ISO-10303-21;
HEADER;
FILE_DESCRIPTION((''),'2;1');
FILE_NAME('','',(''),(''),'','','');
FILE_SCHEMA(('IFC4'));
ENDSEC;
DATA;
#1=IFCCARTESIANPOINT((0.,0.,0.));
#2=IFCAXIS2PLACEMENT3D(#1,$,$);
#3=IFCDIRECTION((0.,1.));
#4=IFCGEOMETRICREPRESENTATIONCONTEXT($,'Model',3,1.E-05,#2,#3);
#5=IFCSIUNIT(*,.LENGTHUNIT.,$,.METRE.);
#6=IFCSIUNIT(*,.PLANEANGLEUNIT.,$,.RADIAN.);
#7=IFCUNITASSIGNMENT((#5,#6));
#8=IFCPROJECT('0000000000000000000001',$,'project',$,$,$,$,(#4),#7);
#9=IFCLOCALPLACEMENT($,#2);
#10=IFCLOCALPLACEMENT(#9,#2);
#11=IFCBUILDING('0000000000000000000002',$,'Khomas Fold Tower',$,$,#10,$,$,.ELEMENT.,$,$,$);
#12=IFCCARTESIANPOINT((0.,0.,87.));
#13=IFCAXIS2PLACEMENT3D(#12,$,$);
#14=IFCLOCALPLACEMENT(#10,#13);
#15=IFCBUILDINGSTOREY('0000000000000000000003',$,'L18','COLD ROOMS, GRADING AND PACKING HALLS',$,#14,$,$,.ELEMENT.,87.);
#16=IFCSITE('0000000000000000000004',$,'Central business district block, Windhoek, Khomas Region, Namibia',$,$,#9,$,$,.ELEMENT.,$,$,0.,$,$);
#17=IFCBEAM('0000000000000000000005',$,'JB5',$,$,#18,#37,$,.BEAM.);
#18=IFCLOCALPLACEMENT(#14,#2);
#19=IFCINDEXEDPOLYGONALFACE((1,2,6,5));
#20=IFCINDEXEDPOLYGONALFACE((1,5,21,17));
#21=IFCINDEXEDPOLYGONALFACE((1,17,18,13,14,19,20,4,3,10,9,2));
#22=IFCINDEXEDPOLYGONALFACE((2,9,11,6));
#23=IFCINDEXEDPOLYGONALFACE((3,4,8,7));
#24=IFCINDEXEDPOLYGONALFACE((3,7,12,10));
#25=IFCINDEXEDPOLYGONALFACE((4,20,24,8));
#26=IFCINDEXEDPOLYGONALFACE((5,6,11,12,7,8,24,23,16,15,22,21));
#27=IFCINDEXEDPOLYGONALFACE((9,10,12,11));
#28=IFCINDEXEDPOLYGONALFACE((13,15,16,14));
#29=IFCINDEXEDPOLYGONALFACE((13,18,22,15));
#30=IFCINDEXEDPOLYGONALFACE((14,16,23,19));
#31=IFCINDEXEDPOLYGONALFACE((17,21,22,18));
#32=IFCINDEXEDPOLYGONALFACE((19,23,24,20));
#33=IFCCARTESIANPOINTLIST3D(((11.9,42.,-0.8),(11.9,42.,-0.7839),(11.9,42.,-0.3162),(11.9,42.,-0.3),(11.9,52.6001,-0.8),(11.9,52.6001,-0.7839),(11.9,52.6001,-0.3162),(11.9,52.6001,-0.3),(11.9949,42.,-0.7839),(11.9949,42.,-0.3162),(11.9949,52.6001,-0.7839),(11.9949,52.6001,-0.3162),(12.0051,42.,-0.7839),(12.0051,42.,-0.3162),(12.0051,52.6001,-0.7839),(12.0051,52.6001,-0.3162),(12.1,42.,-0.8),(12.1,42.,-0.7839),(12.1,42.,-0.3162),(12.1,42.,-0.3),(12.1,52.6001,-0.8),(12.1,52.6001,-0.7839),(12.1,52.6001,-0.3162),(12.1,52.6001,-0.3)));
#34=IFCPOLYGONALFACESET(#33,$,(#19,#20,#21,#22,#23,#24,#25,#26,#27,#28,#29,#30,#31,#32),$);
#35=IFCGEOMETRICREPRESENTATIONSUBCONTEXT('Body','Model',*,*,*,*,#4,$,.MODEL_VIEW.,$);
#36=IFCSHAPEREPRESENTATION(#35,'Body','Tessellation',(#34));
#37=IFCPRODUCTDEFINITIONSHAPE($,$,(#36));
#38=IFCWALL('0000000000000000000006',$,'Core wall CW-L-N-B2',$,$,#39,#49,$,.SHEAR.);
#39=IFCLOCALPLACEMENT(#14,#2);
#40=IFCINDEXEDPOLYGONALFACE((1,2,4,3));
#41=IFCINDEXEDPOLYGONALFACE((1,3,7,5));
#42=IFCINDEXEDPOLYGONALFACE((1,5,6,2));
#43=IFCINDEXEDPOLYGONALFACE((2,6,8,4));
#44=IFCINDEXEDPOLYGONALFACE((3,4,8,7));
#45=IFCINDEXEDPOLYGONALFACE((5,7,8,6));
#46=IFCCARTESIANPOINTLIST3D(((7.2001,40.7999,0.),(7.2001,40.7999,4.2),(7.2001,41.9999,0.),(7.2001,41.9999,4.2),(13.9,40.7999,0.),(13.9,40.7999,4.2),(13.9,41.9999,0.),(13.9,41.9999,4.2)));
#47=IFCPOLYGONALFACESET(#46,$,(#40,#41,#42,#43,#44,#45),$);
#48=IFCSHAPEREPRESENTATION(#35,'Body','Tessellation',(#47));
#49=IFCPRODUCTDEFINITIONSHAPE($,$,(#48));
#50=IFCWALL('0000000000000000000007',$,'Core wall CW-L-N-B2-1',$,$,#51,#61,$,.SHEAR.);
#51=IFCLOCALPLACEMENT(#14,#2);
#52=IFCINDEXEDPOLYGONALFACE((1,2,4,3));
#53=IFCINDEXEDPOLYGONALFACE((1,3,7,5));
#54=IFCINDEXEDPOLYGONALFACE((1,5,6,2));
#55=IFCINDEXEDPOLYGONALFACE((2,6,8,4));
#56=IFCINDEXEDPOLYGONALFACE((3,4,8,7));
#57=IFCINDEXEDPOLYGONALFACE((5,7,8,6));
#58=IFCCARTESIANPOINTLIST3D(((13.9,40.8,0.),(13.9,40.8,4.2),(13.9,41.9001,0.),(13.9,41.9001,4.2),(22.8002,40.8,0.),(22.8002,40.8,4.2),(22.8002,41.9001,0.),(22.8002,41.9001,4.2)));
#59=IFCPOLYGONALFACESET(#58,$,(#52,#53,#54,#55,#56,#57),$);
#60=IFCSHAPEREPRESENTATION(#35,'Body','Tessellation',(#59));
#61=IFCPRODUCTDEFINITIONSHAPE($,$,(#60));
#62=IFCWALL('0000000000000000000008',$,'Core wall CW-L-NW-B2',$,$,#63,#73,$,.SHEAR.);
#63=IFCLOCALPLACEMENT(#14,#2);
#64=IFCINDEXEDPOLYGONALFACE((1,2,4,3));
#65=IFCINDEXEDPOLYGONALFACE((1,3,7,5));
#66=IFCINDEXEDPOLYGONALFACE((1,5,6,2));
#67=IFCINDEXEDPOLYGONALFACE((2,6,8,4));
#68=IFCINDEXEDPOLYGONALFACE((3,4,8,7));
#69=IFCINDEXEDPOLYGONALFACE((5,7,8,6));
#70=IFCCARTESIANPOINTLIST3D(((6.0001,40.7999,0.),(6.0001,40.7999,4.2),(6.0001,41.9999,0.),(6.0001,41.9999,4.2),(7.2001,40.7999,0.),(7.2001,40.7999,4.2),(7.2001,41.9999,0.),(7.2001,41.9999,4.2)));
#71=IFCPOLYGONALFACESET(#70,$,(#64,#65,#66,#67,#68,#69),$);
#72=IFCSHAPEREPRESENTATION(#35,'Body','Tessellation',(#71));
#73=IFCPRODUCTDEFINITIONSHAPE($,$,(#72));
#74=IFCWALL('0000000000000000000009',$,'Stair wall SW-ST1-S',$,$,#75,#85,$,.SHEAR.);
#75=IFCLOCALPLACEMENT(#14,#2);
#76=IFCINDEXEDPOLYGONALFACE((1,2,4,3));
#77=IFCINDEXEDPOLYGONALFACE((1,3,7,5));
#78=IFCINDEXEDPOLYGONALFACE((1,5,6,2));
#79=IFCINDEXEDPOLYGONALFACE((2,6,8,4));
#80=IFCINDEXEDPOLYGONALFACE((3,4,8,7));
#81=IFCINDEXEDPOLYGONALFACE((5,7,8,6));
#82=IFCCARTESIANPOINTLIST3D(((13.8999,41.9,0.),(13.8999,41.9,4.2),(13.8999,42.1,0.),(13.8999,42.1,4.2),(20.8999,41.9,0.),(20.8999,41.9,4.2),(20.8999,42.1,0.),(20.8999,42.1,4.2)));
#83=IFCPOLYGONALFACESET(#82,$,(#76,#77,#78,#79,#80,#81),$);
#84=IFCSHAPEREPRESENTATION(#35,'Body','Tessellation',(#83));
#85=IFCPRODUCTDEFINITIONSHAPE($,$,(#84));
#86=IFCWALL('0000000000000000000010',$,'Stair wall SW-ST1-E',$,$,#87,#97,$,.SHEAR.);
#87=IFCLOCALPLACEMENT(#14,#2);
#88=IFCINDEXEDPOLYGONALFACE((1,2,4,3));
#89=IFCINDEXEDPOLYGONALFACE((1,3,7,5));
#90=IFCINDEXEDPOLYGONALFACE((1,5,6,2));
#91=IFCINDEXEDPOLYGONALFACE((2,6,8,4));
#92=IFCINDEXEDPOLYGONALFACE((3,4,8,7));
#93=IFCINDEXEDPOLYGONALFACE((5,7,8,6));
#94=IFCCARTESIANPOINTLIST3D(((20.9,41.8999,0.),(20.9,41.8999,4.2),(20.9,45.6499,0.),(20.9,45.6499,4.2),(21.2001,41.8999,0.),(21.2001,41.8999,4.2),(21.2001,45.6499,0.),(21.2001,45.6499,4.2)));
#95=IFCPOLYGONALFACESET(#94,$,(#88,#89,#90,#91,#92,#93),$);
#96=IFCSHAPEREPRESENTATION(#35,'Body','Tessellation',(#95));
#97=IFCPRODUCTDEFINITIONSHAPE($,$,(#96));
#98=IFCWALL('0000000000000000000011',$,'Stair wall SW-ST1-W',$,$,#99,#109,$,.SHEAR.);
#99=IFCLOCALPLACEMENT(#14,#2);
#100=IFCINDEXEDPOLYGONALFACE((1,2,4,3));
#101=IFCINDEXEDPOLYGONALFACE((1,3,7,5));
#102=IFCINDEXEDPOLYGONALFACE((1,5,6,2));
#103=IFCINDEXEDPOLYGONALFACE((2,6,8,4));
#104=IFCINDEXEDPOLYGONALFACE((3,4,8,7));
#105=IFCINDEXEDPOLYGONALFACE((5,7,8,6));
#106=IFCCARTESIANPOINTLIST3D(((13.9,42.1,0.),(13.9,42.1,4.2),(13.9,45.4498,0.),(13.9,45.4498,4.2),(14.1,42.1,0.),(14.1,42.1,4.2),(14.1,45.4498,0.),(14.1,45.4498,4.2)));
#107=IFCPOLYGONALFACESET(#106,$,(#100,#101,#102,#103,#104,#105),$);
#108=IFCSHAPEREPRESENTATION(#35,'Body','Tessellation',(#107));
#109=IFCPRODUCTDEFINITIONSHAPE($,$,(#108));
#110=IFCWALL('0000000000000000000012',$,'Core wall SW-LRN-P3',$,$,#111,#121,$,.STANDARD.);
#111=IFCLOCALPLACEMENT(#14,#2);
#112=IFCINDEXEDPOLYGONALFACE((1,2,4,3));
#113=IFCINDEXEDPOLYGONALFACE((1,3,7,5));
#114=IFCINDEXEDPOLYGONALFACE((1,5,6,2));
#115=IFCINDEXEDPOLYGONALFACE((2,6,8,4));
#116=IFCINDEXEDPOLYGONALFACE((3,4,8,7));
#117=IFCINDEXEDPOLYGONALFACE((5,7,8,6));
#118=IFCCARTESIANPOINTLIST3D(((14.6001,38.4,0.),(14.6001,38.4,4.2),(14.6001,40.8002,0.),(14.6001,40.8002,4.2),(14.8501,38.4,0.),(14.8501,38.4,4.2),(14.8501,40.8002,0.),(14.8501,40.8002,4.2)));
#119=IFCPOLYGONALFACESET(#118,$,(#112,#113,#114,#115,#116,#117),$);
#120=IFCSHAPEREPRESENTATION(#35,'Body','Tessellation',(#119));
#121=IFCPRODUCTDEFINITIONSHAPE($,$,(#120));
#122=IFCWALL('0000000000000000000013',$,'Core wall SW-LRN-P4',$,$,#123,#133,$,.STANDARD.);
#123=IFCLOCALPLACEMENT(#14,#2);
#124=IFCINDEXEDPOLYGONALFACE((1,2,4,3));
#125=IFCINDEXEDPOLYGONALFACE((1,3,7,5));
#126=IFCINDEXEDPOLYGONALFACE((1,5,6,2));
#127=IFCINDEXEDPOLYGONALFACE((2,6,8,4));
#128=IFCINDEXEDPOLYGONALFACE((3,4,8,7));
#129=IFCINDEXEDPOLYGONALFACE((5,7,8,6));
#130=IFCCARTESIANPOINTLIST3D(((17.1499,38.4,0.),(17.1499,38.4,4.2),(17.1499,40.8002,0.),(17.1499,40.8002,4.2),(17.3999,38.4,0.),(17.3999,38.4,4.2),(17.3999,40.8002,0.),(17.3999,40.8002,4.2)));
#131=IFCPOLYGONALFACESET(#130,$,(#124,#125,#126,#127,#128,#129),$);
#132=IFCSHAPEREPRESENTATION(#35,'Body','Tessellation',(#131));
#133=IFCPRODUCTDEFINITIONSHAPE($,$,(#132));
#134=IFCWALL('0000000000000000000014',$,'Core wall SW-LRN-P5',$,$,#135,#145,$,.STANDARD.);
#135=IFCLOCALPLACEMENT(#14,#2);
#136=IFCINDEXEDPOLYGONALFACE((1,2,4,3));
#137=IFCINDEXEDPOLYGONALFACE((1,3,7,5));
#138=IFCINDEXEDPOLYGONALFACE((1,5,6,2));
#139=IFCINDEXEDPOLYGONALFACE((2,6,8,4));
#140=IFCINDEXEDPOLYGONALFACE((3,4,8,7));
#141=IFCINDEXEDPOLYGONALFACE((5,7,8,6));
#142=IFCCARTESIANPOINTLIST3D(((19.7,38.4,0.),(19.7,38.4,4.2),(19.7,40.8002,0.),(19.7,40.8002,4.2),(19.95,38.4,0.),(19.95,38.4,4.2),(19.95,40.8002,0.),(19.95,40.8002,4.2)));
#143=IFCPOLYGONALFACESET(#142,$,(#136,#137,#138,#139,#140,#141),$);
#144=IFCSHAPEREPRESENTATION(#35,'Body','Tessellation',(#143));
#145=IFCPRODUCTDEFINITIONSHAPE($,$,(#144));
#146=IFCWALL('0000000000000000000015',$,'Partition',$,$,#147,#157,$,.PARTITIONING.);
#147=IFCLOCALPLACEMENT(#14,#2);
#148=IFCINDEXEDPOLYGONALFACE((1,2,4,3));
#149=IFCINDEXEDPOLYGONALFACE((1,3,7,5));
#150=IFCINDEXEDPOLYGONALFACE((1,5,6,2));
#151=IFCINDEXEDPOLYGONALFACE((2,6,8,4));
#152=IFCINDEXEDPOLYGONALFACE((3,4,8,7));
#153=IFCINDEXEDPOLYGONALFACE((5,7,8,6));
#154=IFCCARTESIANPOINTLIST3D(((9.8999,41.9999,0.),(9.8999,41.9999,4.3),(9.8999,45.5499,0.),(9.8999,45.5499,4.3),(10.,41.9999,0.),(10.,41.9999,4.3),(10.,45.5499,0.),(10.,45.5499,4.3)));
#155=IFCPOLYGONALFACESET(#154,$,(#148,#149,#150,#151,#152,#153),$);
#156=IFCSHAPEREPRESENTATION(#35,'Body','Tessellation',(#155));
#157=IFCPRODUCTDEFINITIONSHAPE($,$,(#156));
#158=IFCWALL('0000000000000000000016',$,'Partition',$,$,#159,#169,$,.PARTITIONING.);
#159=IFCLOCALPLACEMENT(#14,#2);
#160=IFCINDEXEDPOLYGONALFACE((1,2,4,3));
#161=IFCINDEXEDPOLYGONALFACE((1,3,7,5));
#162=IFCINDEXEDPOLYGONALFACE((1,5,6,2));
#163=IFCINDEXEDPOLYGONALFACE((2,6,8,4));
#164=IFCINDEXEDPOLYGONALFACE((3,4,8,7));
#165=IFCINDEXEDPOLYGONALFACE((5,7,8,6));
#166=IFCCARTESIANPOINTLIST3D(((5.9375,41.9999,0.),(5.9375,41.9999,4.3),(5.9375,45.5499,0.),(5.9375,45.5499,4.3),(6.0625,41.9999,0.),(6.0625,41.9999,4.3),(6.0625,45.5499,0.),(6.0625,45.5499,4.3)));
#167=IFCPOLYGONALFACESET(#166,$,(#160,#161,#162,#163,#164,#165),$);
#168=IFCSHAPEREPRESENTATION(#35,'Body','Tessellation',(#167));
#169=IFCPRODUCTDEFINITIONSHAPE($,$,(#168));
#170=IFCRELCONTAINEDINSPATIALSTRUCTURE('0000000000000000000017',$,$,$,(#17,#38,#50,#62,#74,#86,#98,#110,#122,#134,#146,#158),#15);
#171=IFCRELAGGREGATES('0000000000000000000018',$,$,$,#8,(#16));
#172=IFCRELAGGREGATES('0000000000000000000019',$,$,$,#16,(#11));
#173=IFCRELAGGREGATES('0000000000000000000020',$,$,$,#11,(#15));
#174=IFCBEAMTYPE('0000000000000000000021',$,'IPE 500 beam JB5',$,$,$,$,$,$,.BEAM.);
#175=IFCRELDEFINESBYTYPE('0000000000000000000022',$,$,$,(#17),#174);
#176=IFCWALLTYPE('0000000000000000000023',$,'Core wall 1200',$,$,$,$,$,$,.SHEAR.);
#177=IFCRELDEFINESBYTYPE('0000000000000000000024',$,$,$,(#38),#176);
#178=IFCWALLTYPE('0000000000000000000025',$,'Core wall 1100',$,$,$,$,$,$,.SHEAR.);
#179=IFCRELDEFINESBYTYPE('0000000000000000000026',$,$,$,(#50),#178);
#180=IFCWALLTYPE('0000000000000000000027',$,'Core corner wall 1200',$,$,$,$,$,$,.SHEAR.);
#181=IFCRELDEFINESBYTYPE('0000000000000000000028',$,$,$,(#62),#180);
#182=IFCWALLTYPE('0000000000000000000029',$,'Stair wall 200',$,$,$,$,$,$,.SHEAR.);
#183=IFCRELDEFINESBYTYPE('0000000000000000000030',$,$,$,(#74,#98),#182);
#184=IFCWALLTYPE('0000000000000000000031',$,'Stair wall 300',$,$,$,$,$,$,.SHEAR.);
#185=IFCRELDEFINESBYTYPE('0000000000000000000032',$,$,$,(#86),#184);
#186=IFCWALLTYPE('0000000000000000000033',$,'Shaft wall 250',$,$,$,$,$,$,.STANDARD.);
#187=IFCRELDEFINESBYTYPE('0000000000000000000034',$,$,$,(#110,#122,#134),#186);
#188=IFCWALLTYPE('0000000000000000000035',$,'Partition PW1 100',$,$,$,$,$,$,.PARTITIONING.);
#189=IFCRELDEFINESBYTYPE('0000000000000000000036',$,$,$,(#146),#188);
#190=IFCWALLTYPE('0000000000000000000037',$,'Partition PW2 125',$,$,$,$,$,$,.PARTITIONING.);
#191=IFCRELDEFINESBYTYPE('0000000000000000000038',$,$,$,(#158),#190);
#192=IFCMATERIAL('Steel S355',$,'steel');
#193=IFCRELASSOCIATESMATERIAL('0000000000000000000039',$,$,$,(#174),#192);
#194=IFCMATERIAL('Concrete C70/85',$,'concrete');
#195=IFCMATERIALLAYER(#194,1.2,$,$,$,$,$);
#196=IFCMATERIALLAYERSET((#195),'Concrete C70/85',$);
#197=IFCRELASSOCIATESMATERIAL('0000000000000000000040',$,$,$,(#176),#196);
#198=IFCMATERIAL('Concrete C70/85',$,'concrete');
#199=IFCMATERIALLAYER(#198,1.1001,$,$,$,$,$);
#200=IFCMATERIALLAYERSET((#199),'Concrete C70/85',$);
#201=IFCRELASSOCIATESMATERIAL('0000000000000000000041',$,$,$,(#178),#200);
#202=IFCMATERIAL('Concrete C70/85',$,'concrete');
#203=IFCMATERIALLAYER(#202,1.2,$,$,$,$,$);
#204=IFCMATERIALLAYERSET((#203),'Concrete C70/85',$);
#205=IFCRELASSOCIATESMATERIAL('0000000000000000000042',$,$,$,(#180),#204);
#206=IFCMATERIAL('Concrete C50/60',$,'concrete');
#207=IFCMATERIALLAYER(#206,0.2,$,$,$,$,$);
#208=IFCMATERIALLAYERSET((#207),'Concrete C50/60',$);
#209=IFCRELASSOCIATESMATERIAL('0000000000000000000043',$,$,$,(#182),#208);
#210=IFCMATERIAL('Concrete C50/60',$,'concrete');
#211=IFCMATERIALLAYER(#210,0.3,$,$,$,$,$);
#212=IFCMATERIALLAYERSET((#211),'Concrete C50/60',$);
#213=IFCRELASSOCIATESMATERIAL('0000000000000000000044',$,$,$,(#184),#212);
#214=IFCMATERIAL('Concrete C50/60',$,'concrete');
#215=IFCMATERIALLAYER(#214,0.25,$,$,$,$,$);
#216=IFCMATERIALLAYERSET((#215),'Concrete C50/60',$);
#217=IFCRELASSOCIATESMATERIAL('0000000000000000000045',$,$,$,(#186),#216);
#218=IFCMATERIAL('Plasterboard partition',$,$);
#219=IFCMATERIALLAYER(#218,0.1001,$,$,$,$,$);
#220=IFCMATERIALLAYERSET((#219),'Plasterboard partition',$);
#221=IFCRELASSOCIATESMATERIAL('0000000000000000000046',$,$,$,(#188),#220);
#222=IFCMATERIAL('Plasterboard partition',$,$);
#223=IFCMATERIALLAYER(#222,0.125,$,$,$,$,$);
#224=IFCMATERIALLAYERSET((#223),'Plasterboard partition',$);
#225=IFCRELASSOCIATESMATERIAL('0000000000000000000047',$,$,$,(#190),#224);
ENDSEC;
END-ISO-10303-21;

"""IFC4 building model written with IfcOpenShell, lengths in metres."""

from ifc_helpers import new_model, si_unit, direction, frame, frame_2d, origin, origin_2d, place, context, subcontext, project, spatial, rectangle, i_section, extrude, source, transform, mapped, material, layer, layer_set, material_profile, profile_set, type_object, element, save


model = new_model("IFC4")

# Units and contexts
model_context = context("Model", 3, precision=1e-05, world=origin(), true_north=direction((0.0, 1.0)))
body_context = subcontext(model_context, "Body", "Model", "MODEL_VIEW")
ifc_project = project(units=[si_unit("LENGTHUNIT", "METRE"), si_unit("PLANEANGLEUNIT", "RADIAN")], contexts=[model_context])

# Site, building, storey
site_placement = place(None, origin())
site = spatial("IfcSite", under=ifc_project, at=site_placement, Name="Central business district block, Windhoek, Khomas Region, Namibia", CompositionType="ELEMENT", RefElevation=0.0)
building_placement = place(site_placement, origin())
building = spatial("IfcBuilding", under=site, at=building_placement, Name="Khomas Fold Tower", CompositionType="ELEMENT")
storey_placement = place(building_placement, frame((0.0, 0.0, 87.0)))
storey = spatial("IfcBuildingStorey", under=building, at=storey_placement, Name="L18", Description="COLD ROOMS, GRADING AND PACKING HALLS", CompositionType="ELEMENT", Elevation=87.0)

# Beam
ifc_material_1 = material(Name="Steel S355", Category="steel")
ifc_material_profile = material_profile(ifc_material_1, i_section(OverallWidth=0.2, OverallDepth=0.5, WebThickness=0.0103, FlangeThickness=0.0161, at=origin_2d()), Name="IPE 500")
ifc_profile_set = profile_set([ifc_material_profile], Name="Steel S355")
beam_type = type_object("IfcBeamType", Name="IPE 500 beam JB5", PredefinedType="BEAM", material=ifc_profile_set)
shared_shape_1 = source(origin(), body_context, "Body", "SweptSolid", [
    extrude(i_section(OverallWidth=0.2, OverallDepth=0.5, WebThickness=0.0103, FlangeThickness=0.0161, at=origin_2d()), origin(), (0.0, 0.0, 1.0), 10.6001),
])
beam_placement = place(storey_placement, frame((12.0, 42.0, -0.55), z_axis=(0.0, 1.0, 0.0), x_axis=(-1.0, 0.0, 0.0)))
element("IfcBeam", 1, at=beam_placement, inside=storey, type_object=beam_type, Name="JB5", PredefinedType="BEAM", context=body_context, shape_type="MappedRepresentation", body=[
    mapped(shared_shape_1, transform((0.0, 0.0, 0.0))),
])

# Walls
ifc_material_2 = material(Name="Concrete C70/85", Category="concrete")
ifc_layer_1 = layer(ifc_material_2, 1.2)
ifc_layer_set_1 = layer_set([ifc_layer_1], Name="Concrete C70/85")
wall_type_1 = type_object("IfcWallType", Name="Core wall 1200", PredefinedType="SHEAR", material=ifc_layer_set_1)
shared_shape_2 = source(origin(), body_context, "Body", "SweptSolid", [
    extrude(rectangle(XDim=6.7, YDim=1.2, at=frame_2d((3.3501, 0.0))), origin(), (0.0, 0.0, 1.0), 4.2),
])
wall_1_placement = place(storey_placement, frame((7.2, 41.3999, 0.0), z_axis=(0.0, 0.0, 1.0), x_axis=(1.0, 0.0, 0.0)))
element("IfcWall", 2, at=wall_1_placement, inside=storey, type_object=wall_type_1, Name="Core wall CW-L-N-B2", PredefinedType="SHEAR", context=body_context, shape_type="MappedRepresentation", body=[
    mapped(shared_shape_2, transform((0.0, 0.0, 0.0))),
])
ifc_material_3 = material(Name="Concrete C70/85", Category="concrete")
ifc_layer_2 = layer(ifc_material_3, 1.1001)
ifc_layer_set_2 = layer_set([ifc_layer_2], Name="Concrete C70/85")
wall_type_2 = type_object("IfcWallType", Name="Core wall 1100", PredefinedType="SHEAR", material=ifc_layer_set_2)
shared_shape_3 = source(origin(), body_context, "Body", "SweptSolid", [
    extrude(rectangle(XDim=8.9001, YDim=1.1001, at=frame_2d((4.4502, 0.0))), origin(), (0.0, 0.0, 1.0), 4.2),
])
wall_2_placement = place(storey_placement, frame((13.8999, 41.3501, 0.0), z_axis=(0.0, 0.0, 1.0), x_axis=(1.0, 0.0, 0.0)))
element("IfcWall", 3, at=wall_2_placement, inside=storey, type_object=wall_type_2, Name="Core wall CW-L-N-B2-1", PredefinedType="SHEAR", context=body_context, shape_type="MappedRepresentation", body=[
    mapped(shared_shape_3, transform((0.0, 0.0, 0.0))),
])
ifc_material_4 = material(Name="Concrete C70/85", Category="concrete")
ifc_layer_3 = layer(ifc_material_4, 1.2)
ifc_layer_set_3 = layer_set([ifc_layer_3], Name="Concrete C70/85")
wall_type_3 = type_object("IfcWallType", Name="Core corner wall 1200", PredefinedType="SHEAR", material=ifc_layer_set_3)
shared_shape_4 = source(origin(), body_context, "Body", "SweptSolid", [
    extrude(rectangle(XDim=1.2, YDim=1.2, at=frame_2d((0.6001, 0.0))), origin(), (0.0, 0.0, 1.0), 4.2),
])
wall_3_placement = place(storey_placement, frame((6.0, 41.3999, 0.0), z_axis=(0.0, 0.0, 1.0), x_axis=(1.0, 0.0, 0.0)))
element("IfcWall", 4, at=wall_3_placement, inside=storey, type_object=wall_type_3, Name="Core wall CW-L-NW-B2", PredefinedType="SHEAR", context=body_context, shape_type="MappedRepresentation", body=[
    mapped(shared_shape_4, transform((0.0, 0.0, 0.0))),
])
ifc_material_5 = material(Name="Concrete C50/60", Category="concrete")
ifc_layer_4 = layer(ifc_material_5, 0.2)
ifc_layer_set_4 = layer_set([ifc_layer_4], Name="Concrete C50/60")
wall_type_4 = type_object("IfcWallType", Name="Stair wall 200", PredefinedType="SHEAR", material=ifc_layer_set_4)
shared_shape_5 = source(origin(), body_context, "Body", "SweptSolid", [
    extrude(rectangle(XDim=7.0, YDim=0.2, at=frame_2d((3.5, 0.0))), origin(), (0.0, 0.0, 1.0), 4.2),
])
wall_4_placement = place(storey_placement, frame((13.8999, 42.0, 0.0), z_axis=(0.0, 0.0, 1.0), x_axis=(1.0, 0.0, 0.0)))
element("IfcWall", 5, at=wall_4_placement, inside=storey, type_object=wall_type_4, Name="Stair wall SW-ST1-S", PredefinedType="SHEAR", context=body_context, shape_type="MappedRepresentation", body=[
    mapped(shared_shape_5, transform((0.0, 0.0, 0.0))),
])
ifc_material_6 = material(Name="Concrete C50/60", Category="concrete")
ifc_layer_5 = layer(ifc_material_6, 0.3)
ifc_layer_set_5 = layer_set([ifc_layer_5], Name="Concrete C50/60")
wall_type_5 = type_object("IfcWallType", Name="Stair wall 300", PredefinedType="SHEAR", material=ifc_layer_set_5)
shared_shape_6 = source(origin(), body_context, "Body", "SweptSolid", [
    extrude(rectangle(XDim=3.75, YDim=0.3, at=frame_2d((1.875, 0.0))), origin(), (0.0, 0.0, 1.0), 4.2),
])
wall_5_placement = place(storey_placement, frame((21.05, 41.8999, 0.0), z_axis=(0.0, 0.0, 1.0), x_axis=(0.0, 1.0, 0.0)))
element("IfcWall", 6, at=wall_5_placement, inside=storey, type_object=wall_type_5, Name="Stair wall SW-ST1-E", PredefinedType="SHEAR", context=body_context, shape_type="MappedRepresentation", body=[
    mapped(shared_shape_6, transform((0.0, 0.0, 0.0))),
])
shared_shape_7 = source(origin(), body_context, "Body", "SweptSolid", [
    extrude(rectangle(XDim=3.3499, YDim=0.2, at=frame_2d((1.6748, 0.0))), origin(), (0.0, 0.0, 1.0), 4.2),
])
wall_6_placement = place(storey_placement, frame((14.0, 42.1001, 0.0), z_axis=(0.0, 0.0, 1.0), x_axis=(0.0, 1.0, 0.0)))
element("IfcWall", 7, at=wall_6_placement, inside=storey, type_object=wall_type_4, Name="Stair wall SW-ST1-W", PredefinedType="SHEAR", context=body_context, shape_type="MappedRepresentation", body=[
    mapped(shared_shape_7, transform((0.0, 0.0, 0.0))),
])
ifc_material_7 = material(Name="Concrete C50/60", Category="concrete")
ifc_layer_6 = layer(ifc_material_7, 0.25)
ifc_layer_set_6 = layer_set([ifc_layer_6], Name="Concrete C50/60")
wall_type_6 = type_object("IfcWallType", Name="Shaft wall 250", PredefinedType="STANDARD", material=ifc_layer_set_6)
shared_shape_8 = source(origin(), body_context, "Body", "SweptSolid", [
    extrude(rectangle(XDim=2.4001, YDim=0.25, at=frame_2d((1.2002, 0.0))), origin(), (0.0, 0.0, 1.0), 4.2),
])
for number, where, z_axis, x_axis, name in (
    (8, (14.7251, 38.3999, 0.0), (0.0, 0.0, 1.0), (0.0, 1.0, 0.0), "Core wall SW-LRN-P3"),
    (9, (17.2749, 38.3999, 0.0), (0.0, 0.0, 1.0), (0.0, 1.0, 0.0), "Core wall SW-LRN-P4"),
    (10, (19.825, 38.3999, 0.0), (0.0, 0.0, 1.0), (0.0, 1.0, 0.0), "Core wall SW-LRN-P5"),
):
    element("IfcWall", number, at=place(storey_placement, frame(where, z_axis=z_axis, x_axis=x_axis)), inside=storey, type_object=wall_type_6, Name=name, PredefinedType="STANDARD", context=body_context, shape_type="MappedRepresentation", body=[
        mapped(shared_shape_8, transform((0.0, 0.0, 0.0))),
    ])
ifc_material_8 = material(Name="Plasterboard partition")
ifc_layer_7 = layer(ifc_material_8, 0.1001)
ifc_layer_set_7 = layer_set([ifc_layer_7], Name="Plasterboard partition")
wall_type_7 = type_object("IfcWallType", Name="Partition PW1 100", PredefinedType="PARTITIONING", material=ifc_layer_set_7)
shared_shape_9 = source(origin(), body_context, "Body", "SweptSolid", [
    extrude(rectangle(XDim=3.55, YDim=0.1001, at=frame_2d((1.7749, 0.0))), origin(), (0.0, 0.0, 1.0), 4.3),
])
wall_7_placement = place(storey_placement, frame((9.95, 42.0, 0.0), z_axis=(0.0, 0.0, 1.0), x_axis=(0.0, 1.0, 0.0)))
element("IfcWall", 11, at=wall_7_placement, inside=storey, type_object=wall_type_7, Name="Partition", PredefinedType="PARTITIONING", context=body_context, shape_type="MappedRepresentation", body=[
    mapped(shared_shape_9, transform((0.0, 0.0, 0.0))),
])
ifc_material_9 = material(Name="Plasterboard partition")
ifc_layer_8 = layer(ifc_material_9, 0.125)
ifc_layer_set_8 = layer_set([ifc_layer_8], Name="Plasterboard partition")
wall_type_8 = type_object("IfcWallType", Name="Partition PW2 125", PredefinedType="PARTITIONING", material=ifc_layer_set_8)
shared_shape_10 = source(origin(), body_context, "Body", "SweptSolid", [
    extrude(rectangle(XDim=3.55, YDim=0.125, at=frame_2d((1.7749, 0.0))), origin(), (0.0, 0.0, 1.0), 4.3),
])
wall_8_placement = place(storey_placement, frame((6.0, 42.0, 0.0), z_axis=(0.0, 0.0, 1.0), x_axis=(0.0, 1.0, 0.0)))
element("IfcWall", 12, at=wall_8_placement, inside=storey, type_object=wall_type_8, Name="Partition", PredefinedType="PARTITIONING", context=body_context, shape_type="MappedRepresentation", body=[
    mapped(shared_shape_10, transform((0.0, 0.0, 0.0))),
])

save(model, "model.ifc")
